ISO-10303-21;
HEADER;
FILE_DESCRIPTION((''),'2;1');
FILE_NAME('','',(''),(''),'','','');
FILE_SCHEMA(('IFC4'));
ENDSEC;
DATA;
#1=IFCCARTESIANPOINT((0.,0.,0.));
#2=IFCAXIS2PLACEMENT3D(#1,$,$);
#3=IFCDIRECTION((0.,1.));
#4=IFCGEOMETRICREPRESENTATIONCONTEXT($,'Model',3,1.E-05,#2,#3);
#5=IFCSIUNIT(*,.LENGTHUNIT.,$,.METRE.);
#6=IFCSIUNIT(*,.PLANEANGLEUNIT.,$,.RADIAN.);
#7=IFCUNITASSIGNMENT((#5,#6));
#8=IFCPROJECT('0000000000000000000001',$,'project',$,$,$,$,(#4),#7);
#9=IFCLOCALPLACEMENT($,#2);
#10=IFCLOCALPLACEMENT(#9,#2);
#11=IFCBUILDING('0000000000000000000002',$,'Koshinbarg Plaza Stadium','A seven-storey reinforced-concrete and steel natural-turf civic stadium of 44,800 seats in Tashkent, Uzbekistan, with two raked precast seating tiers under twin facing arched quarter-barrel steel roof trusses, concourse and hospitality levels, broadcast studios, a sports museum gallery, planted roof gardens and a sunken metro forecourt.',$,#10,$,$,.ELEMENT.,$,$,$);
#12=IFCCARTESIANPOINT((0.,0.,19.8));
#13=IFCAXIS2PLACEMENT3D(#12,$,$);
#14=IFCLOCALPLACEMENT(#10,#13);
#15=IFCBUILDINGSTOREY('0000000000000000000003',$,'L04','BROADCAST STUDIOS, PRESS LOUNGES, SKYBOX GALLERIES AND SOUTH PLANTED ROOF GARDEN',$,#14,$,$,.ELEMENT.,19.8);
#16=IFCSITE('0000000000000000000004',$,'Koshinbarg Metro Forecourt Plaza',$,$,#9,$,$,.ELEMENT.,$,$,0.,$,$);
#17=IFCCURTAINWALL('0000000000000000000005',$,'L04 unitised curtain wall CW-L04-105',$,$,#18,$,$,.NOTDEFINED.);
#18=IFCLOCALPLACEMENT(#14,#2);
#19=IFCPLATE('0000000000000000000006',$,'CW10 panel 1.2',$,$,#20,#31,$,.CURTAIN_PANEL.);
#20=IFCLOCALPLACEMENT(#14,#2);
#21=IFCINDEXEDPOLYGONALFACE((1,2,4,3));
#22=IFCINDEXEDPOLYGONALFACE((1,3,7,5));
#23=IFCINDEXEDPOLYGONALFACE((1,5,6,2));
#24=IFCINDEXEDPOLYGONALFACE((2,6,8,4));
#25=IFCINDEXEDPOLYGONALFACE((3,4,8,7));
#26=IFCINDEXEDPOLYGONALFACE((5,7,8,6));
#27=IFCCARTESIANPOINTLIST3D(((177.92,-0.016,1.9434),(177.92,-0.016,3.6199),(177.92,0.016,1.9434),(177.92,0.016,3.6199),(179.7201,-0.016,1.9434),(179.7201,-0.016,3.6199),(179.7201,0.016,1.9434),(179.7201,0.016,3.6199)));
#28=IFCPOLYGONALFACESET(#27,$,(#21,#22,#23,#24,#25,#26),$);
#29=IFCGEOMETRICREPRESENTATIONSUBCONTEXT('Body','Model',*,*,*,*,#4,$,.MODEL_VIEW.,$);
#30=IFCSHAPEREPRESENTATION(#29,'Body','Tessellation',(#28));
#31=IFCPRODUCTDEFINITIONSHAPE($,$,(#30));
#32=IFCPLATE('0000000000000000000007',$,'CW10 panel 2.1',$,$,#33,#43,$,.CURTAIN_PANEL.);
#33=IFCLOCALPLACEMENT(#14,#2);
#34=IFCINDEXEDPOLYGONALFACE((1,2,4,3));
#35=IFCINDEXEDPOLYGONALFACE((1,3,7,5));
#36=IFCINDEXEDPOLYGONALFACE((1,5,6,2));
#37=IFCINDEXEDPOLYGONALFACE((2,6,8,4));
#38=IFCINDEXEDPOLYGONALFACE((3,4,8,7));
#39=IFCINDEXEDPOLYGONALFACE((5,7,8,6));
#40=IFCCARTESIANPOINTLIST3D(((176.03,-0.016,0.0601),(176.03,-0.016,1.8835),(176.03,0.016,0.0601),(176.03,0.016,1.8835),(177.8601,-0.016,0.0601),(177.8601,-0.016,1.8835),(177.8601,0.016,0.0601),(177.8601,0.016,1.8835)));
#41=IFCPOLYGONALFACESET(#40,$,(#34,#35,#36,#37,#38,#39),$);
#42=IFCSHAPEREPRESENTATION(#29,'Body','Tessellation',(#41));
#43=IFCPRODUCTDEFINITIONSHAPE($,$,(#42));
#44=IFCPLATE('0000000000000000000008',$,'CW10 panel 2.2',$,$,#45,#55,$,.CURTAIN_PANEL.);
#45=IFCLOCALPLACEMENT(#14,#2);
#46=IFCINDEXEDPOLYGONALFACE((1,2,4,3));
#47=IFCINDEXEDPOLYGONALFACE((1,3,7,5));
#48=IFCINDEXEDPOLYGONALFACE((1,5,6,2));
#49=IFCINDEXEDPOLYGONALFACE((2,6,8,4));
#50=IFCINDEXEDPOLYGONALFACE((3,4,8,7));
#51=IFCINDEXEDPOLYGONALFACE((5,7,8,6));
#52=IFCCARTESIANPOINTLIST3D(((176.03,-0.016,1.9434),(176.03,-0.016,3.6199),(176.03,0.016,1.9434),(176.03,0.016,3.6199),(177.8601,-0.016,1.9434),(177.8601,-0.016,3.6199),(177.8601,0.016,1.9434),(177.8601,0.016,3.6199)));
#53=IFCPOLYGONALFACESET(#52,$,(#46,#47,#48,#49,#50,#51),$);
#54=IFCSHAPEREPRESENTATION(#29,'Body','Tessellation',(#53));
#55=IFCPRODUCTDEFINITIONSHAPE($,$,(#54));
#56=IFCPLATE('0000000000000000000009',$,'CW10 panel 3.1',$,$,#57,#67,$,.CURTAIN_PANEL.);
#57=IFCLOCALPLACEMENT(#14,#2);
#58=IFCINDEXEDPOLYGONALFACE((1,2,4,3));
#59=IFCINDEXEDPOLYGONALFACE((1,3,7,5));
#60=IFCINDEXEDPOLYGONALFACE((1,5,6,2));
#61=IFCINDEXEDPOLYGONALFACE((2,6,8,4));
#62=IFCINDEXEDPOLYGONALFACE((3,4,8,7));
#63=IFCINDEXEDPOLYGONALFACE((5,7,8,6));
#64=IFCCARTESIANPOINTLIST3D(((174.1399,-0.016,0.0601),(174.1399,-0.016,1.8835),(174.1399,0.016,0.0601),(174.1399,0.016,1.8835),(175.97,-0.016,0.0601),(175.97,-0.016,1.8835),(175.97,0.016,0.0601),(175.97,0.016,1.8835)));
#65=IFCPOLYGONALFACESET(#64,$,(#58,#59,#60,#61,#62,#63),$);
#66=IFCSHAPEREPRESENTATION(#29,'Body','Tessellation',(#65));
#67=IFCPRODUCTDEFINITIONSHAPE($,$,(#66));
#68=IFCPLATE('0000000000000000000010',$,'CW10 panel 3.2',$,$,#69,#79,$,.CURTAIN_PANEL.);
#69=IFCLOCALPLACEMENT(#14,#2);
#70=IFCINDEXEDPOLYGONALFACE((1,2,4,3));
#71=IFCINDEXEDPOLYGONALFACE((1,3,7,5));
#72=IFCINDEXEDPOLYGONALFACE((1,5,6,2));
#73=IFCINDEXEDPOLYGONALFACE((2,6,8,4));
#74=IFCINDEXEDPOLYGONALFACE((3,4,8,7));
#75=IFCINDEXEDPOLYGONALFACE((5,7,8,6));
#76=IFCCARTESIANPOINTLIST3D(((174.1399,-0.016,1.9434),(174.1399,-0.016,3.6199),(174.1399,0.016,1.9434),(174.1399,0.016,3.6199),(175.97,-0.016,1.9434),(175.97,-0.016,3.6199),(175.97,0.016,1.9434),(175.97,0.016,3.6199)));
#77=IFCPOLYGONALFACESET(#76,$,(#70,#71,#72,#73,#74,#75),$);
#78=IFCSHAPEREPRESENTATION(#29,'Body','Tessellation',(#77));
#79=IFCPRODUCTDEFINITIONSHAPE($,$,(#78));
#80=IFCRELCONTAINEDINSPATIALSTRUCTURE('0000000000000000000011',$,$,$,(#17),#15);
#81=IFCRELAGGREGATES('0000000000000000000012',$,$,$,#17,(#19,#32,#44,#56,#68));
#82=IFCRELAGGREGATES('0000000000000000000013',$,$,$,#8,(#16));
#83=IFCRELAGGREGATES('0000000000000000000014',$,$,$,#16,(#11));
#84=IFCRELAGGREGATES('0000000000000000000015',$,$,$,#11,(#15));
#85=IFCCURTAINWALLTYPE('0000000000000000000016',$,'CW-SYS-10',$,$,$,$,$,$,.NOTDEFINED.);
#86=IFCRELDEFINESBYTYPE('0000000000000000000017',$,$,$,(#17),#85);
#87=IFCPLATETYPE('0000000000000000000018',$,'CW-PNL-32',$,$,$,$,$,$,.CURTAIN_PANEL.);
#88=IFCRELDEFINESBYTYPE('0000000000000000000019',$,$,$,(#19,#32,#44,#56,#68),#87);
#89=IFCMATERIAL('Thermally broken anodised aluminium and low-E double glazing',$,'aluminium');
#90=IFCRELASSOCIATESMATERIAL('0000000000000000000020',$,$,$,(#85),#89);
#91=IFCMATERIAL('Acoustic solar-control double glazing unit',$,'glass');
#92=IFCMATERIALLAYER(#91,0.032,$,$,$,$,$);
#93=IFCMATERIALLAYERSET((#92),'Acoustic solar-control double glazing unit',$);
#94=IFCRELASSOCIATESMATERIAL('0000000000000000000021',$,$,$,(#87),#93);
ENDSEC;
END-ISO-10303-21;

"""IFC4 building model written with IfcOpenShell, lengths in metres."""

from ifc_helpers import new_model, si_unit, direction, frame, origin, origin_2d, place, context, subcontext, project, spatial, rectangle, extrude, material, layer, layer_set, type_object, element, aggregate, save


model = new_model("IFC4")

# Units and contexts
model_context = context("Model", 3, precision=1e-05, world=origin(), true_north=direction((0.0, 1.0)))
body_context = subcontext(model_context, "Body", "Model", "MODEL_VIEW")
ifc_project = project(units=[si_unit("LENGTHUNIT", "METRE"), si_unit("PLANEANGLEUNIT", "RADIAN")], contexts=[model_context])

# Site, building, storey
site_placement = place(None, origin())
site = spatial("IfcSite", under=ifc_project, at=site_placement, Name="Koshinbarg Metro Forecourt Plaza", CompositionType="ELEMENT", RefElevation=0.0)
building_placement = place(site_placement, origin())
building = spatial("IfcBuilding", under=site, at=building_placement, Name="Koshinbarg Plaza Stadium", Description="A seven-storey reinforced-concrete and steel natural-turf civic stadium of 44,800 seats in Tashkent, Uzbekistan, with two raked precast seating tiers under twin facing arched quarter-barrel steel roof trusses, concourse and hospitality levels, broadcast studios, a sports museum gallery, planted roof gardens and a sunken metro forecourt.", CompositionType="ELEMENT")
storey_placement = place(building_placement, frame((0.0, 0.0, 19.8)))
storey = spatial("IfcBuildingStorey", under=building, at=storey_placement, Name="L04", Description="BROADCAST STUDIOS, PRESS LOUNGES, SKYBOX GALLERIES AND SOUTH PLANTED ROOF GARDEN", CompositionType="ELEMENT", Elevation=19.8)

# Curtain wall, plates
ifc_material_1 = material(Name="Thermally broken anodised aluminium and low-E double glazing", Category="aluminium")
curtain_wall_type = type_object("IfcCurtainWallType", Name="CW-SYS-10", PredefinedType="NOTDEFINED", material=ifc_material_1)
curtain_wall_placement = place(storey_placement, origin())
curtain_wall = element("IfcCurtainWall", 1, at=curtain_wall_placement, inside=storey, type_object=curtain_wall_type, Name="L04 unitised curtain wall CW-L04-105", PredefinedType="NOTDEFINED")
ifc_material_2 = material(Name="Acoustic solar-control double glazing unit", Category="glass")
ifc_layer = layer(ifc_material_2, 0.032)
ifc_layer_set = layer_set([ifc_layer], Name="Acoustic solar-control double glazing unit")
plate_type = type_object("IfcPlateType", Name="CW-PNL-32", PredefinedType="CURTAIN_PANEL", material=ifc_layer_set)
plate_1_placement = place(storey_placement, frame((178.8201, 0.0, 1.9434), z_axis=(0.0, 0.0, 1.0), x_axis=(-1.0, 0.0, 0.0)))
plate_1 = element("IfcPlate", 2, at=plate_1_placement, type_object=plate_type, Name="CW10 panel 1.2", PredefinedType="CURTAIN_PANEL", context=body_context, shape_type="SweptSolid", body=[
    extrude(rectangle(XDim=1.8, YDim=0.032, at=origin_2d()), origin(), (0.0, 0.0, 1.0), 1.6765),
])
plate_2_placement = place(storey_placement, frame((176.9451, 0.0, 0.0601), z_axis=(0.0, 0.0, 1.0), x_axis=(-1.0, 0.0, 0.0)))
plate_2 = element("IfcPlate", 3, at=plate_2_placement, type_object=plate_type, Name="CW10 panel 2.1", PredefinedType="CURTAIN_PANEL", context=body_context, shape_type="SweptSolid", body=[
    extrude(rectangle(XDim=1.8301, YDim=0.032, at=origin_2d()), origin(), (0.0, 0.0, 1.0), 1.8235),
])
plate_3_placement = place(storey_placement, frame((176.9451, 0.0, 1.9434), z_axis=(0.0, 0.0, 1.0), x_axis=(-1.0, 0.0, 0.0)))
plate_3 = element("IfcPlate", 4, at=plate_3_placement, type_object=plate_type, Name="CW10 panel 2.2", PredefinedType="CURTAIN_PANEL", context=body_context, shape_type="SweptSolid", body=[
    extrude(rectangle(XDim=1.8301, YDim=0.032, at=origin_2d()), origin(), (0.0, 0.0, 1.0), 1.6765),
])
plate_4_placement = place(storey_placement, frame((175.0549, 0.0, 0.0601), z_axis=(0.0, 0.0, 1.0), x_axis=(-1.0, 0.0, 0.0)))
plate_4 = element("IfcPlate", 5, at=plate_4_placement, type_object=plate_type, Name="CW10 panel 3.1", PredefinedType="CURTAIN_PANEL", context=body_context, shape_type="SweptSolid", body=[
    extrude(rectangle(XDim=1.8301, YDim=0.032, at=origin_2d()), origin(), (0.0, 0.0, 1.0), 1.8235),
])
plate_5_placement = place(storey_placement, frame((175.0549, 0.0, 1.9434), z_axis=(0.0, 0.0, 1.0), x_axis=(-1.0, 0.0, 0.0)))
plate_5 = element("IfcPlate", 6, at=plate_5_placement, type_object=plate_type, Name="CW10 panel 3.2", PredefinedType="CURTAIN_PANEL", context=body_context, shape_type="SweptSolid", body=[
    extrude(rectangle(XDim=1.8301, YDim=0.032, at=origin_2d()), origin(), (0.0, 0.0, 1.0), 1.6765),
])
aggregate(curtain_wall, [plate_1, plate_2, plate_3, plate_4, plate_5])

save(model, "model.ifc")
